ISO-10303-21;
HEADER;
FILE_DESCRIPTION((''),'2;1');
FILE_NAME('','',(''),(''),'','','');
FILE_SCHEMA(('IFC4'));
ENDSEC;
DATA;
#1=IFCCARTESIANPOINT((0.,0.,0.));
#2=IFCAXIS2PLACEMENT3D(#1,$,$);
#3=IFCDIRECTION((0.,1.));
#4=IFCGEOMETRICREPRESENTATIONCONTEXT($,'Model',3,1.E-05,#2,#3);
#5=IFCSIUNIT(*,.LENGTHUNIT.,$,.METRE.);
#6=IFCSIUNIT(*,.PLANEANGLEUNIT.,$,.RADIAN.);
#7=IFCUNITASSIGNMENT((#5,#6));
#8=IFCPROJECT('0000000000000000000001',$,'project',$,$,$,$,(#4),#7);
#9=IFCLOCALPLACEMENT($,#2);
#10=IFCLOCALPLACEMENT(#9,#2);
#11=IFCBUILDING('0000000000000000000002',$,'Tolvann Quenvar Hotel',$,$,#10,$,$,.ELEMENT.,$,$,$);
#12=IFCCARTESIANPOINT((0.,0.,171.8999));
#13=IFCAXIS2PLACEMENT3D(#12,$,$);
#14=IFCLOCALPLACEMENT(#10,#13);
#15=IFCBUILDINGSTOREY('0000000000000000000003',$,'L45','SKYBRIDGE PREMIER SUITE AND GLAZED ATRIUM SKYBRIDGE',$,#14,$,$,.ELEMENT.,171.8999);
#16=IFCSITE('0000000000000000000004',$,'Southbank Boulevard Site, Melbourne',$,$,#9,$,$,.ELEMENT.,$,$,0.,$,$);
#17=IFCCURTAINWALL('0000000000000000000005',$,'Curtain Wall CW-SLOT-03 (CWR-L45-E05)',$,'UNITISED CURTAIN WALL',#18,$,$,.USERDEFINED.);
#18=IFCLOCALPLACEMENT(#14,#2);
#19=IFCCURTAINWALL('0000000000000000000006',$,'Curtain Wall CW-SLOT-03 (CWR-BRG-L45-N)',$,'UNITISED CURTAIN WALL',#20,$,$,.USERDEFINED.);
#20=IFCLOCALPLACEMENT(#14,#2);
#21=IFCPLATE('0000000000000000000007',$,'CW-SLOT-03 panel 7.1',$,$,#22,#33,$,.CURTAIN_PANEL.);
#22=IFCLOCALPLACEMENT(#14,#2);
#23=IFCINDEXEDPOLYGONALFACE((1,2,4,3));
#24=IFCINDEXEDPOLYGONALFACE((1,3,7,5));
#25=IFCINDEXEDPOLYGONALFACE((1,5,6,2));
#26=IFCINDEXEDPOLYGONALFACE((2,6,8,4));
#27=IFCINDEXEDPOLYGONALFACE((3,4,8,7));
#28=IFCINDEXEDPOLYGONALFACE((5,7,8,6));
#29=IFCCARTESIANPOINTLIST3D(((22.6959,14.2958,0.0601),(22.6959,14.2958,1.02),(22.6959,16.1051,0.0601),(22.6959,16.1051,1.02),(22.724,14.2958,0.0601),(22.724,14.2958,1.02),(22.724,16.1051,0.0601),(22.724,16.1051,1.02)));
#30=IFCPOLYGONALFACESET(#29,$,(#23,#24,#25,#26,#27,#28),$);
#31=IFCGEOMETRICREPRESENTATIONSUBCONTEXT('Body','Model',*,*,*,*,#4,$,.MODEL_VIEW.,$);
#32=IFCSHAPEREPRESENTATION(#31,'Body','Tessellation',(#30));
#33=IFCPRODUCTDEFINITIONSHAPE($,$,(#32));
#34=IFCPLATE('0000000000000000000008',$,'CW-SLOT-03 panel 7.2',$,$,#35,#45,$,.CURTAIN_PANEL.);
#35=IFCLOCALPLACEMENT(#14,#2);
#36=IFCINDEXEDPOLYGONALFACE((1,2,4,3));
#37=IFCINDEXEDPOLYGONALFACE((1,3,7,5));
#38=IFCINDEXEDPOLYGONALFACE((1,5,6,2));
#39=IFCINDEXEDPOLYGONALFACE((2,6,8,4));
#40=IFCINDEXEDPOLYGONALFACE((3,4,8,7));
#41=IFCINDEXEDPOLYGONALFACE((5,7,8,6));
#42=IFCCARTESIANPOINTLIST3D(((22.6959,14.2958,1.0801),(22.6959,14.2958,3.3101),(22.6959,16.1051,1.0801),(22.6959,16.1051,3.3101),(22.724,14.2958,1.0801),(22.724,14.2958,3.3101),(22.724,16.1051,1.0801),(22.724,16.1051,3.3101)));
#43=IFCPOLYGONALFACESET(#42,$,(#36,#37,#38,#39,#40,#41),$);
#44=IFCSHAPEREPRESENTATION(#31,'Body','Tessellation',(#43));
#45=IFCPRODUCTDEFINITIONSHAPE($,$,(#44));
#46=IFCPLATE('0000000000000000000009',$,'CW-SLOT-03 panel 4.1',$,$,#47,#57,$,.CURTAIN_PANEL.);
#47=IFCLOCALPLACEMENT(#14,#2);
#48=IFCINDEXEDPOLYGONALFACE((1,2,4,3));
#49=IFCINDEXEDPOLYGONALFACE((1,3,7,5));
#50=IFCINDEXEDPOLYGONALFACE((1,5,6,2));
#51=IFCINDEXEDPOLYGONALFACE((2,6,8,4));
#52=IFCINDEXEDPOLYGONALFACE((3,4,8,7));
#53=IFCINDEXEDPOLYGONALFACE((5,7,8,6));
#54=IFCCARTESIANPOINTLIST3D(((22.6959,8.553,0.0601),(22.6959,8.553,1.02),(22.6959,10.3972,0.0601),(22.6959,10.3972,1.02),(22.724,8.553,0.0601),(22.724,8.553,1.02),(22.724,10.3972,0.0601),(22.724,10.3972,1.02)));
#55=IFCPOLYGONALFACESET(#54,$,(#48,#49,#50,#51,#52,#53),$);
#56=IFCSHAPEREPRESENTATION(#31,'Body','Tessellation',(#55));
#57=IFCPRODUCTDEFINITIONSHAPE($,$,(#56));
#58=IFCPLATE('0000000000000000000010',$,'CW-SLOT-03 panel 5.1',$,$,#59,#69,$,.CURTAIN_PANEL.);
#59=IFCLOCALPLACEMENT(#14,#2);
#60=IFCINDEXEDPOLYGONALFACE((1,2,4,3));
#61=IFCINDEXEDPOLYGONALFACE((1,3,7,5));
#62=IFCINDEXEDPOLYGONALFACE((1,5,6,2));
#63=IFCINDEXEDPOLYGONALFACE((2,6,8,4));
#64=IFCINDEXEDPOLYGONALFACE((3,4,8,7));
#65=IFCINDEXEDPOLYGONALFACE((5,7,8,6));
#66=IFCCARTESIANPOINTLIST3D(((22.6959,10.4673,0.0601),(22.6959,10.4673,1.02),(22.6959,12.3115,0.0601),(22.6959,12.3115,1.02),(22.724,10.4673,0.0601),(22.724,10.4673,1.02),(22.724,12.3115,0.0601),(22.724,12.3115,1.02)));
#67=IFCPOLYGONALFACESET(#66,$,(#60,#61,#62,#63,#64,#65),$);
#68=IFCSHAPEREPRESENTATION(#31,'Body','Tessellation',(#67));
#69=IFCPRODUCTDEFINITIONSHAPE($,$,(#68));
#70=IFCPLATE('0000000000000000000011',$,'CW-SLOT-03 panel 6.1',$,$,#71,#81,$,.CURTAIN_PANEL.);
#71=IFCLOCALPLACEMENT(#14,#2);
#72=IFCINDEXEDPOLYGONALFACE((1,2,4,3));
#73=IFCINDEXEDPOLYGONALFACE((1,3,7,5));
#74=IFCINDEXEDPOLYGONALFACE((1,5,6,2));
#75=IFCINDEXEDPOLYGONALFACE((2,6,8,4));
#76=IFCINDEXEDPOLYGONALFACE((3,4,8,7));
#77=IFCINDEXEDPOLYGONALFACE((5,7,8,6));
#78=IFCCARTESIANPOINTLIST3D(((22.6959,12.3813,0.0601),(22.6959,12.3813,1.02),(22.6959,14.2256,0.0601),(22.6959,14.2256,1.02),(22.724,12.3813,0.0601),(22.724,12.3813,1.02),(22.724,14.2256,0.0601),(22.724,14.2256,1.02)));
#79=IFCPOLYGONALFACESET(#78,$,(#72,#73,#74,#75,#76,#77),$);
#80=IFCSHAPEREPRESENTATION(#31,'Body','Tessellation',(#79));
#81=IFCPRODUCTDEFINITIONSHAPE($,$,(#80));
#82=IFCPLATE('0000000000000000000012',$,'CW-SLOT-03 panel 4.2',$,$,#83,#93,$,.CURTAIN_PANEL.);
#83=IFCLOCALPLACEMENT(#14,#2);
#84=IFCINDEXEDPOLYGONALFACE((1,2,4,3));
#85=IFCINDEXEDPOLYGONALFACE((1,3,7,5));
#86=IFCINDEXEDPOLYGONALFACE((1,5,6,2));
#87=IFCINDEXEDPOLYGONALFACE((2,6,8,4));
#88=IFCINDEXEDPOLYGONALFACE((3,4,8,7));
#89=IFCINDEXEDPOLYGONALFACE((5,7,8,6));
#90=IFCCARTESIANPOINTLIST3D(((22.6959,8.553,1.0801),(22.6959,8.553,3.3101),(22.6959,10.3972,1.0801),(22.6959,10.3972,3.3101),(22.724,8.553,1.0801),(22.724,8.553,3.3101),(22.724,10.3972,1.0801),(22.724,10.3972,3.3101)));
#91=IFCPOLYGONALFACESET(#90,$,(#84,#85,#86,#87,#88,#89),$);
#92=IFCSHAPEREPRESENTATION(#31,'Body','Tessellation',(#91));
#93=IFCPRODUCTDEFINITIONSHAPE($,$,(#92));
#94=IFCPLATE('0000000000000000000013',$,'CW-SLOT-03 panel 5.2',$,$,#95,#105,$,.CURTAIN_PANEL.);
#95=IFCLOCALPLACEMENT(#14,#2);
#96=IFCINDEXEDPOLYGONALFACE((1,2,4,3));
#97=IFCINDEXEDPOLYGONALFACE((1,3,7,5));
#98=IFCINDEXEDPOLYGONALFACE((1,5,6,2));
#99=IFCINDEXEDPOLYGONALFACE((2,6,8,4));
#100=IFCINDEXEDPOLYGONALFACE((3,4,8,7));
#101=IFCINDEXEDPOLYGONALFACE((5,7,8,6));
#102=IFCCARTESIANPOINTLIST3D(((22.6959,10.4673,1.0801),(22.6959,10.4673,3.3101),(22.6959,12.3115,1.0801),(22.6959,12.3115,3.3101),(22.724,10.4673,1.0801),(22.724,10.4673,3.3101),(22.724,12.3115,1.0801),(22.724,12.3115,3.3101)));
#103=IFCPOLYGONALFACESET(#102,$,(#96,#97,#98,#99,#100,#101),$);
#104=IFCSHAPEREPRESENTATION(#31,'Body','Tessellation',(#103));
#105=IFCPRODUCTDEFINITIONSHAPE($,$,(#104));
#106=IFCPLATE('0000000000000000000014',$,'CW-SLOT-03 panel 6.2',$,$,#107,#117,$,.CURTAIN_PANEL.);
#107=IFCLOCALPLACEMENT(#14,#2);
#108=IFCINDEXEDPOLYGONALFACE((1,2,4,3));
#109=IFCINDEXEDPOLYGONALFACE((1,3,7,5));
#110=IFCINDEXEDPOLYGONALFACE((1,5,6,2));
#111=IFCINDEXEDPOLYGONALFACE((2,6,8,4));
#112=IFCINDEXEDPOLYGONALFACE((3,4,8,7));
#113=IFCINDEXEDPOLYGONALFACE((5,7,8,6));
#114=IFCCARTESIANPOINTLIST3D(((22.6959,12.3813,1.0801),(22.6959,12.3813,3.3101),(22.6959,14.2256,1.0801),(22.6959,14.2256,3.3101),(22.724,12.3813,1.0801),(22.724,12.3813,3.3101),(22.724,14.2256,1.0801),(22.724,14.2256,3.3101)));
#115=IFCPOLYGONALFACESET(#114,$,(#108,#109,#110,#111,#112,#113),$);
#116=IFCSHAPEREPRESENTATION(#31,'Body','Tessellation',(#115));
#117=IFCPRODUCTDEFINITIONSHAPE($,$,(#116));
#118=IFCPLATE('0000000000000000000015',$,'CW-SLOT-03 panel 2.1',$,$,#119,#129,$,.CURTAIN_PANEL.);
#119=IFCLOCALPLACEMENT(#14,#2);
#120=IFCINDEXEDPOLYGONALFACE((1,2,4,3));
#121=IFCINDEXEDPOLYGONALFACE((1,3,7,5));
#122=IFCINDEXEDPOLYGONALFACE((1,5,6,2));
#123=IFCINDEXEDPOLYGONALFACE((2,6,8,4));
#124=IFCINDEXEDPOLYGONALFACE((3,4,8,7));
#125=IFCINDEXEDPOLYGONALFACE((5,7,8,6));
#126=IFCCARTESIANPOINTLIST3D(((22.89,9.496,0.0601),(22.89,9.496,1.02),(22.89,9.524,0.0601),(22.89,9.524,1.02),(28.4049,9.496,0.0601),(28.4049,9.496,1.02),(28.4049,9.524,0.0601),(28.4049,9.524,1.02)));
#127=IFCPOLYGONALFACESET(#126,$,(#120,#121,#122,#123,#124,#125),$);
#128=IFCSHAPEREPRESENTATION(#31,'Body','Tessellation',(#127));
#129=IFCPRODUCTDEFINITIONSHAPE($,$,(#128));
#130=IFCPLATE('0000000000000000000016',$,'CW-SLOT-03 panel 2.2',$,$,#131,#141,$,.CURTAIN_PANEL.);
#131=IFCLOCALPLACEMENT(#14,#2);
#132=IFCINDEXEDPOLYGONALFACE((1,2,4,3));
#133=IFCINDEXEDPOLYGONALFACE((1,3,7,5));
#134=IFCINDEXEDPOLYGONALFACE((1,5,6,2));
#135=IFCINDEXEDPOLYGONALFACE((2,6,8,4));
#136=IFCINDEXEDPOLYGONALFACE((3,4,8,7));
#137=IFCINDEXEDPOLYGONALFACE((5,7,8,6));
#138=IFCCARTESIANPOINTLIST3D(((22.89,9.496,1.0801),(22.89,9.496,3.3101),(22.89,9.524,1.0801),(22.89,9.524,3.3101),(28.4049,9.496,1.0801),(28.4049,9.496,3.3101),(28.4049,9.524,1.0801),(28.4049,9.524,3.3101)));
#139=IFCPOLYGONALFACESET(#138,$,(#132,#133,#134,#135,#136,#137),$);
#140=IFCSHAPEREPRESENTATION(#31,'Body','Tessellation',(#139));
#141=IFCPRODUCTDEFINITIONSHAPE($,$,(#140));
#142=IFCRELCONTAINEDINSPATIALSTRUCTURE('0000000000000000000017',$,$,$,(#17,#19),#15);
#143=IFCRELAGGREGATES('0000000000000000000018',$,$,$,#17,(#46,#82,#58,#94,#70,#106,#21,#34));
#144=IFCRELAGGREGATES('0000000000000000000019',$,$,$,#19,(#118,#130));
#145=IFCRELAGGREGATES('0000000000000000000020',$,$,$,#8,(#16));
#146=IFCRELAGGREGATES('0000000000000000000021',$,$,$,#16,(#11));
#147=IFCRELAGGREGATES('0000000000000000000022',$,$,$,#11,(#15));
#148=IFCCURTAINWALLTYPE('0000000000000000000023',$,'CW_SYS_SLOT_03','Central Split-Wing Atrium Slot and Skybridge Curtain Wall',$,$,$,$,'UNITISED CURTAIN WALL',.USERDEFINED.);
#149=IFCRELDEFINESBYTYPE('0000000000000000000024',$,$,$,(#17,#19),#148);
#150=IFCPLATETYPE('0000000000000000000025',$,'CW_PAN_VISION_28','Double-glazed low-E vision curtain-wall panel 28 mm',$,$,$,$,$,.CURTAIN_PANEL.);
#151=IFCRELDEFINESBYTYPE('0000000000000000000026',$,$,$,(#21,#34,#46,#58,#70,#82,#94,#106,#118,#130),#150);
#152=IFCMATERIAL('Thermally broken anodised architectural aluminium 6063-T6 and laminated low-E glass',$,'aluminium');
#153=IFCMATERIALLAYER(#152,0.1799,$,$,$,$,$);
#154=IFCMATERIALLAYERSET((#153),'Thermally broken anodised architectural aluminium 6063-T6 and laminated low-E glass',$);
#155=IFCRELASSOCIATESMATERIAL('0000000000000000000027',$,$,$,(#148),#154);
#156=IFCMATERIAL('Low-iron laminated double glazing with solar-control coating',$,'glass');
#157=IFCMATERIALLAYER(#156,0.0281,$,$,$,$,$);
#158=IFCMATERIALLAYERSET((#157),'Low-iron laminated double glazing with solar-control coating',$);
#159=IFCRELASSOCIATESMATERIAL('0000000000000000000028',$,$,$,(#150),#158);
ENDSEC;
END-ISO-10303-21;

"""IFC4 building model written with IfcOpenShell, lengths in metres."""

from ifc_helpers import new_model, si_unit, direction, frame, origin, origin_2d, place, context, subcontext, project, spatial, rectangle, extrude, source, transform, mapped, material, layer, layer_set, type_object, type_shapes, element, aggregate, save


model = new_model("IFC4")

# Units and contexts
model_context = context("Model", 3, precision=1e-05, world=origin(), true_north=direction((0.0, 1.0)))
body_context = subcontext(model_context, "Body", "Model", "MODEL_VIEW")
ifc_project = project(units=[si_unit("LENGTHUNIT", "METRE"), si_unit("PLANEANGLEUNIT", "RADIAN")], contexts=[model_context])

# Site, building, storey
site_placement = place(None, origin())
site = spatial("IfcSite", under=ifc_project, at=site_placement, Name="Southbank Boulevard Site, Melbourne", CompositionType="ELEMENT", RefElevation=0.0)
building_placement = place(site_placement, origin())
building = spatial("IfcBuilding", under=site, at=building_placement, Name="Tolvann Quenvar Hotel", CompositionType="ELEMENT")
storey_placement = place(building_placement, frame((0.0, 0.0, 171.8999)))
storey = spatial("IfcBuildingStorey", under=building, at=storey_placement, Name="L45", Description="SKYBRIDGE PREMIER SUITE AND GLAZED ATRIUM SKYBRIDGE", CompositionType="ELEMENT", Elevation=171.8999)

# Curtain walls
ifc_material_1 = material(Name="Thermally broken anodised architectural aluminium 6063-T6 and laminated low-E glass", Category="aluminium")
ifc_layer_1 = layer(ifc_material_1, 0.1799)
ifc_layer_set_1 = layer_set([ifc_layer_1], Name="Thermally broken anodised architectural aluminium 6063-T6 and laminated low-E glass")
curtain_wall_type = type_object("IfcCurtainWallType", Name="CW_SYS_SLOT_03", Description="Central Split-Wing Atrium Slot and Skybridge Curtain Wall", ElementType="UNITISED CURTAIN WALL", PredefinedType="USERDEFINED", material=ifc_layer_set_1)
curtain_wall_1_placement = place(storey_placement, origin())
curtain_wall_1 = element("IfcCurtainWall", 1, at=curtain_wall_1_placement, inside=storey, type_object=curtain_wall_type, Name="Curtain Wall CW-SLOT-03 (CWR-L45-E05)", ObjectType="UNITISED CURTAIN WALL", PredefinedType="USERDEFINED")
curtain_wall_2_placement = place(storey_placement, origin())
curtain_wall_2 = element("IfcCurtainWall", 2, at=curtain_wall_2_placement, inside=storey, type_object=curtain_wall_type, Name="Curtain Wall CW-SLOT-03 (CWR-BRG-L45-N)", ObjectType="UNITISED CURTAIN WALL", PredefinedType="USERDEFINED")

# Plates
ifc_material_2 = material(Name="Low-iron laminated double glazing with solar-control coating", Category="glass")
ifc_layer_2 = layer(ifc_material_2, 0.0281)
ifc_layer_set_2 = layer_set([ifc_layer_2], Name="Low-iron laminated double glazing with solar-control coating")
plate_type = type_object("IfcPlateType", Name="CW_PAN_VISION_28", Description="Double-glazed low-E vision curtain-wall panel 28 mm", PredefinedType="CURTAIN_PANEL", material=ifc_layer_set_2)
shared_shape_1 = source(origin(), body_context, "Body", "SweptSolid", [
    extrude(rectangle(XDim=1.8093, YDim=0.0281, at=origin_2d()), origin(), (0.0, 0.0, 1.0), 0.96),
])
plate_1_placement = place(storey_placement, frame((22.71, 15.2004, 0.0601), z_axis=(0.0, 0.0, 1.0), x_axis=(0.0, 1.0, 0.0)))
plate_1 = element("IfcPlate", 3, at=plate_1_placement, type_object=plate_type, Name="CW-SLOT-03 panel 7.1", PredefinedType="CURTAIN_PANEL", context=body_context, shape_type="MappedRepresentation", body=[
    mapped(shared_shape_1, transform((0.0, 0.0, 0.0), x_axis=(1.0, 0.0, 0.0), y_axis=(0.0, 1.0, 0.0), z_axis=(0.0, 0.0, 1.0), scale=1.0)),
])
shared_shape_2 = source(origin(), body_context, "Body", "SweptSolid", [
    extrude(rectangle(XDim=1.8093, YDim=0.0281, at=origin_2d()), origin(), (0.0, 0.0, 1.0), 2.23),
])
plate_2_placement = place(storey_placement, frame((22.71, 15.2004, 1.0801), z_axis=(0.0, 0.0, 1.0), x_axis=(0.0, 1.0, 0.0)))
plate_2 = element("IfcPlate", 4, at=plate_2_placement, type_object=plate_type, Name="CW-SLOT-03 panel 7.2", PredefinedType="CURTAIN_PANEL", context=body_context, shape_type="MappedRepresentation", body=[
    mapped(shared_shape_2, transform((0.0, 0.0, 0.0), x_axis=(1.0, 0.0, 0.0), y_axis=(0.0, 1.0, 0.0), z_axis=(0.0, 0.0, 1.0), scale=1.0)),
])
shared_shape_3 = source(origin(), body_context, "Body", "SweptSolid", [
    extrude(rectangle(XDim=1.8442, YDim=0.0281, at=origin_2d()), origin(), (0.0, 0.0, 1.0), 0.96),
])
plate_3_placement = place(storey_placement, frame((22.71, 9.4751, 0.0601), z_axis=(0.0, 0.0, 1.0), x_axis=(0.0, 1.0, 0.0)))
plate_3 = element("IfcPlate", 5, at=plate_3_placement, type_object=plate_type, Name="CW-SLOT-03 panel 4.1", PredefinedType="CURTAIN_PANEL", context=body_context, shape_type="MappedRepresentation", body=[
    mapped(shared_shape_3, transform((0.0, 0.0, 0.0), x_axis=(1.0, 0.0, 0.0), y_axis=(0.0, 1.0, 0.0), z_axis=(0.0, 0.0, 1.0), scale=1.0)),
])
plate_4_placement = place(storey_placement, frame((22.71, 11.3894, 0.0601), z_axis=(0.0, 0.0, 1.0), x_axis=(0.0, 1.0, 0.0)))
plate_4 = element("IfcPlate", 6, at=plate_4_placement, type_object=plate_type, Name="CW-SLOT-03 panel 5.1", PredefinedType="CURTAIN_PANEL", context=body_context, shape_type="MappedRepresentation", body=[
    mapped(shared_shape_3, transform((0.0, 0.0, 0.0), x_axis=(1.0, 0.0, 0.0), y_axis=(0.0, 1.0, 0.0), z_axis=(0.0, 0.0, 1.0), scale=1.0)),
])
plate_5_placement = place(storey_placement, frame((22.71, 13.3035, 0.0601), z_axis=(0.0, 0.0, 1.0), x_axis=(0.0, 1.0, 0.0)))
plate_5 = element("IfcPlate", 7, at=plate_5_placement, type_object=plate_type, Name="CW-SLOT-03 panel 6.1", PredefinedType="CURTAIN_PANEL", context=body_context, shape_type="MappedRepresentation", body=[
    mapped(shared_shape_3, transform((0.0, 0.0, 0.0), x_axis=(1.0, 0.0, 0.0), y_axis=(0.0, 1.0, 0.0), z_axis=(0.0, 0.0, 1.0), scale=1.0)),
])
shared_shape_4 = source(origin(), body_context, "Body", "SweptSolid", [
    extrude(rectangle(XDim=1.8442, YDim=0.0281, at=origin_2d()), origin(), (0.0, 0.0, 1.0), 2.23),
])
plate_6_placement = place(storey_placement, frame((22.71, 9.4751, 1.0801), z_axis=(0.0, 0.0, 1.0), x_axis=(0.0, 1.0, 0.0)))
plate_6 = element("IfcPlate", 8, at=plate_6_placement, type_object=plate_type, Name="CW-SLOT-03 panel 4.2", PredefinedType="CURTAIN_PANEL", context=body_context, shape_type="MappedRepresentation", body=[
    mapped(shared_shape_4, transform((0.0, 0.0, 0.0), x_axis=(1.0, 0.0, 0.0), y_axis=(0.0, 1.0, 0.0), z_axis=(0.0, 0.0, 1.0), scale=1.0)),
])
plate_7_placement = place(storey_placement, frame((22.71, 11.3894, 1.0801), z_axis=(0.0, 0.0, 1.0), x_axis=(0.0, 1.0, 0.0)))
plate_7 = element("IfcPlate", 9, at=plate_7_placement, type_object=plate_type, Name="CW-SLOT-03 panel 5.2", PredefinedType="CURTAIN_PANEL", context=body_context, shape_type="MappedRepresentation", body=[
    mapped(shared_shape_4, transform((0.0, 0.0, 0.0), x_axis=(1.0, 0.0, 0.0), y_axis=(0.0, 1.0, 0.0), z_axis=(0.0, 0.0, 1.0), scale=1.0)),
])
plate_8_placement = place(storey_placement, frame((22.71, 13.3035, 1.0801), z_axis=(0.0, 0.0, 1.0), x_axis=(0.0, 1.0, 0.0)))
plate_8 = element("IfcPlate", 10, at=plate_8_placement, type_object=plate_type, Name="CW-SLOT-03 panel 6.2", PredefinedType="CURTAIN_PANEL", context=body_context, shape_type="MappedRepresentation", body=[
    mapped(shared_shape_4, transform((0.0, 0.0, 0.0), x_axis=(1.0, 0.0, 0.0), y_axis=(0.0, 1.0, 0.0), z_axis=(0.0, 0.0, 1.0), scale=1.0)),
])
aggregate(curtain_wall_1, [plate_3, plate_6, plate_4, plate_7, plate_5, plate_8, plate_1, plate_2])
shared_shape_5 = source(origin(), body_context, "Body", "SweptSolid", [
    extrude(rectangle(XDim=5.5149, YDim=0.0281, at=origin_2d()), origin(), (0.0, 0.0, 1.0), 0.96),
])
plate_9_placement = place(storey_placement, frame((25.6475, 9.51, 0.0601), z_axis=(0.0, 0.0, 1.0), x_axis=(-1.0, 0.0, 0.0)))
plate_9 = element("IfcPlate", 11, at=plate_9_placement, type_object=plate_type, Name="CW-SLOT-03 panel 2.1", PredefinedType="CURTAIN_PANEL", context=body_context, shape_type="MappedRepresentation", body=[
    mapped(shared_shape_5, transform((0.0, 0.0, 0.0), x_axis=(1.0, 0.0, 0.0), y_axis=(0.0, 1.0, 0.0), z_axis=(0.0, 0.0, 1.0), scale=1.0)),
])
shared_shape_6 = source(origin(), body_context, "Body", "SweptSolid", [
    extrude(rectangle(XDim=5.5149, YDim=0.0281, at=origin_2d()), origin(), (0.0, 0.0, 1.0), 2.23),
])
type_shapes(plate_type, [shared_shape_1, shared_shape_2, shared_shape_3, shared_shape_4, shared_shape_5, shared_shape_6])
plate_10_placement = place(storey_placement, frame((25.6475, 9.51, 1.0801), z_axis=(0.0, 0.0, 1.0), x_axis=(-1.0, 0.0, 0.0)))
plate_10 = element("IfcPlate", 12, at=plate_10_placement, type_object=plate_type, Name="CW-SLOT-03 panel 2.2", PredefinedType="CURTAIN_PANEL", context=body_context, shape_type="MappedRepresentation", body=[
    mapped(shared_shape_6, transform((0.0, 0.0, 0.0), x_axis=(1.0, 0.0, 0.0), y_axis=(0.0, 1.0, 0.0), z_axis=(0.0, 0.0, 1.0), scale=1.0)),
])
aggregate(curtain_wall_2, [plate_9, plate_10])

save(model, "model.ifc")
